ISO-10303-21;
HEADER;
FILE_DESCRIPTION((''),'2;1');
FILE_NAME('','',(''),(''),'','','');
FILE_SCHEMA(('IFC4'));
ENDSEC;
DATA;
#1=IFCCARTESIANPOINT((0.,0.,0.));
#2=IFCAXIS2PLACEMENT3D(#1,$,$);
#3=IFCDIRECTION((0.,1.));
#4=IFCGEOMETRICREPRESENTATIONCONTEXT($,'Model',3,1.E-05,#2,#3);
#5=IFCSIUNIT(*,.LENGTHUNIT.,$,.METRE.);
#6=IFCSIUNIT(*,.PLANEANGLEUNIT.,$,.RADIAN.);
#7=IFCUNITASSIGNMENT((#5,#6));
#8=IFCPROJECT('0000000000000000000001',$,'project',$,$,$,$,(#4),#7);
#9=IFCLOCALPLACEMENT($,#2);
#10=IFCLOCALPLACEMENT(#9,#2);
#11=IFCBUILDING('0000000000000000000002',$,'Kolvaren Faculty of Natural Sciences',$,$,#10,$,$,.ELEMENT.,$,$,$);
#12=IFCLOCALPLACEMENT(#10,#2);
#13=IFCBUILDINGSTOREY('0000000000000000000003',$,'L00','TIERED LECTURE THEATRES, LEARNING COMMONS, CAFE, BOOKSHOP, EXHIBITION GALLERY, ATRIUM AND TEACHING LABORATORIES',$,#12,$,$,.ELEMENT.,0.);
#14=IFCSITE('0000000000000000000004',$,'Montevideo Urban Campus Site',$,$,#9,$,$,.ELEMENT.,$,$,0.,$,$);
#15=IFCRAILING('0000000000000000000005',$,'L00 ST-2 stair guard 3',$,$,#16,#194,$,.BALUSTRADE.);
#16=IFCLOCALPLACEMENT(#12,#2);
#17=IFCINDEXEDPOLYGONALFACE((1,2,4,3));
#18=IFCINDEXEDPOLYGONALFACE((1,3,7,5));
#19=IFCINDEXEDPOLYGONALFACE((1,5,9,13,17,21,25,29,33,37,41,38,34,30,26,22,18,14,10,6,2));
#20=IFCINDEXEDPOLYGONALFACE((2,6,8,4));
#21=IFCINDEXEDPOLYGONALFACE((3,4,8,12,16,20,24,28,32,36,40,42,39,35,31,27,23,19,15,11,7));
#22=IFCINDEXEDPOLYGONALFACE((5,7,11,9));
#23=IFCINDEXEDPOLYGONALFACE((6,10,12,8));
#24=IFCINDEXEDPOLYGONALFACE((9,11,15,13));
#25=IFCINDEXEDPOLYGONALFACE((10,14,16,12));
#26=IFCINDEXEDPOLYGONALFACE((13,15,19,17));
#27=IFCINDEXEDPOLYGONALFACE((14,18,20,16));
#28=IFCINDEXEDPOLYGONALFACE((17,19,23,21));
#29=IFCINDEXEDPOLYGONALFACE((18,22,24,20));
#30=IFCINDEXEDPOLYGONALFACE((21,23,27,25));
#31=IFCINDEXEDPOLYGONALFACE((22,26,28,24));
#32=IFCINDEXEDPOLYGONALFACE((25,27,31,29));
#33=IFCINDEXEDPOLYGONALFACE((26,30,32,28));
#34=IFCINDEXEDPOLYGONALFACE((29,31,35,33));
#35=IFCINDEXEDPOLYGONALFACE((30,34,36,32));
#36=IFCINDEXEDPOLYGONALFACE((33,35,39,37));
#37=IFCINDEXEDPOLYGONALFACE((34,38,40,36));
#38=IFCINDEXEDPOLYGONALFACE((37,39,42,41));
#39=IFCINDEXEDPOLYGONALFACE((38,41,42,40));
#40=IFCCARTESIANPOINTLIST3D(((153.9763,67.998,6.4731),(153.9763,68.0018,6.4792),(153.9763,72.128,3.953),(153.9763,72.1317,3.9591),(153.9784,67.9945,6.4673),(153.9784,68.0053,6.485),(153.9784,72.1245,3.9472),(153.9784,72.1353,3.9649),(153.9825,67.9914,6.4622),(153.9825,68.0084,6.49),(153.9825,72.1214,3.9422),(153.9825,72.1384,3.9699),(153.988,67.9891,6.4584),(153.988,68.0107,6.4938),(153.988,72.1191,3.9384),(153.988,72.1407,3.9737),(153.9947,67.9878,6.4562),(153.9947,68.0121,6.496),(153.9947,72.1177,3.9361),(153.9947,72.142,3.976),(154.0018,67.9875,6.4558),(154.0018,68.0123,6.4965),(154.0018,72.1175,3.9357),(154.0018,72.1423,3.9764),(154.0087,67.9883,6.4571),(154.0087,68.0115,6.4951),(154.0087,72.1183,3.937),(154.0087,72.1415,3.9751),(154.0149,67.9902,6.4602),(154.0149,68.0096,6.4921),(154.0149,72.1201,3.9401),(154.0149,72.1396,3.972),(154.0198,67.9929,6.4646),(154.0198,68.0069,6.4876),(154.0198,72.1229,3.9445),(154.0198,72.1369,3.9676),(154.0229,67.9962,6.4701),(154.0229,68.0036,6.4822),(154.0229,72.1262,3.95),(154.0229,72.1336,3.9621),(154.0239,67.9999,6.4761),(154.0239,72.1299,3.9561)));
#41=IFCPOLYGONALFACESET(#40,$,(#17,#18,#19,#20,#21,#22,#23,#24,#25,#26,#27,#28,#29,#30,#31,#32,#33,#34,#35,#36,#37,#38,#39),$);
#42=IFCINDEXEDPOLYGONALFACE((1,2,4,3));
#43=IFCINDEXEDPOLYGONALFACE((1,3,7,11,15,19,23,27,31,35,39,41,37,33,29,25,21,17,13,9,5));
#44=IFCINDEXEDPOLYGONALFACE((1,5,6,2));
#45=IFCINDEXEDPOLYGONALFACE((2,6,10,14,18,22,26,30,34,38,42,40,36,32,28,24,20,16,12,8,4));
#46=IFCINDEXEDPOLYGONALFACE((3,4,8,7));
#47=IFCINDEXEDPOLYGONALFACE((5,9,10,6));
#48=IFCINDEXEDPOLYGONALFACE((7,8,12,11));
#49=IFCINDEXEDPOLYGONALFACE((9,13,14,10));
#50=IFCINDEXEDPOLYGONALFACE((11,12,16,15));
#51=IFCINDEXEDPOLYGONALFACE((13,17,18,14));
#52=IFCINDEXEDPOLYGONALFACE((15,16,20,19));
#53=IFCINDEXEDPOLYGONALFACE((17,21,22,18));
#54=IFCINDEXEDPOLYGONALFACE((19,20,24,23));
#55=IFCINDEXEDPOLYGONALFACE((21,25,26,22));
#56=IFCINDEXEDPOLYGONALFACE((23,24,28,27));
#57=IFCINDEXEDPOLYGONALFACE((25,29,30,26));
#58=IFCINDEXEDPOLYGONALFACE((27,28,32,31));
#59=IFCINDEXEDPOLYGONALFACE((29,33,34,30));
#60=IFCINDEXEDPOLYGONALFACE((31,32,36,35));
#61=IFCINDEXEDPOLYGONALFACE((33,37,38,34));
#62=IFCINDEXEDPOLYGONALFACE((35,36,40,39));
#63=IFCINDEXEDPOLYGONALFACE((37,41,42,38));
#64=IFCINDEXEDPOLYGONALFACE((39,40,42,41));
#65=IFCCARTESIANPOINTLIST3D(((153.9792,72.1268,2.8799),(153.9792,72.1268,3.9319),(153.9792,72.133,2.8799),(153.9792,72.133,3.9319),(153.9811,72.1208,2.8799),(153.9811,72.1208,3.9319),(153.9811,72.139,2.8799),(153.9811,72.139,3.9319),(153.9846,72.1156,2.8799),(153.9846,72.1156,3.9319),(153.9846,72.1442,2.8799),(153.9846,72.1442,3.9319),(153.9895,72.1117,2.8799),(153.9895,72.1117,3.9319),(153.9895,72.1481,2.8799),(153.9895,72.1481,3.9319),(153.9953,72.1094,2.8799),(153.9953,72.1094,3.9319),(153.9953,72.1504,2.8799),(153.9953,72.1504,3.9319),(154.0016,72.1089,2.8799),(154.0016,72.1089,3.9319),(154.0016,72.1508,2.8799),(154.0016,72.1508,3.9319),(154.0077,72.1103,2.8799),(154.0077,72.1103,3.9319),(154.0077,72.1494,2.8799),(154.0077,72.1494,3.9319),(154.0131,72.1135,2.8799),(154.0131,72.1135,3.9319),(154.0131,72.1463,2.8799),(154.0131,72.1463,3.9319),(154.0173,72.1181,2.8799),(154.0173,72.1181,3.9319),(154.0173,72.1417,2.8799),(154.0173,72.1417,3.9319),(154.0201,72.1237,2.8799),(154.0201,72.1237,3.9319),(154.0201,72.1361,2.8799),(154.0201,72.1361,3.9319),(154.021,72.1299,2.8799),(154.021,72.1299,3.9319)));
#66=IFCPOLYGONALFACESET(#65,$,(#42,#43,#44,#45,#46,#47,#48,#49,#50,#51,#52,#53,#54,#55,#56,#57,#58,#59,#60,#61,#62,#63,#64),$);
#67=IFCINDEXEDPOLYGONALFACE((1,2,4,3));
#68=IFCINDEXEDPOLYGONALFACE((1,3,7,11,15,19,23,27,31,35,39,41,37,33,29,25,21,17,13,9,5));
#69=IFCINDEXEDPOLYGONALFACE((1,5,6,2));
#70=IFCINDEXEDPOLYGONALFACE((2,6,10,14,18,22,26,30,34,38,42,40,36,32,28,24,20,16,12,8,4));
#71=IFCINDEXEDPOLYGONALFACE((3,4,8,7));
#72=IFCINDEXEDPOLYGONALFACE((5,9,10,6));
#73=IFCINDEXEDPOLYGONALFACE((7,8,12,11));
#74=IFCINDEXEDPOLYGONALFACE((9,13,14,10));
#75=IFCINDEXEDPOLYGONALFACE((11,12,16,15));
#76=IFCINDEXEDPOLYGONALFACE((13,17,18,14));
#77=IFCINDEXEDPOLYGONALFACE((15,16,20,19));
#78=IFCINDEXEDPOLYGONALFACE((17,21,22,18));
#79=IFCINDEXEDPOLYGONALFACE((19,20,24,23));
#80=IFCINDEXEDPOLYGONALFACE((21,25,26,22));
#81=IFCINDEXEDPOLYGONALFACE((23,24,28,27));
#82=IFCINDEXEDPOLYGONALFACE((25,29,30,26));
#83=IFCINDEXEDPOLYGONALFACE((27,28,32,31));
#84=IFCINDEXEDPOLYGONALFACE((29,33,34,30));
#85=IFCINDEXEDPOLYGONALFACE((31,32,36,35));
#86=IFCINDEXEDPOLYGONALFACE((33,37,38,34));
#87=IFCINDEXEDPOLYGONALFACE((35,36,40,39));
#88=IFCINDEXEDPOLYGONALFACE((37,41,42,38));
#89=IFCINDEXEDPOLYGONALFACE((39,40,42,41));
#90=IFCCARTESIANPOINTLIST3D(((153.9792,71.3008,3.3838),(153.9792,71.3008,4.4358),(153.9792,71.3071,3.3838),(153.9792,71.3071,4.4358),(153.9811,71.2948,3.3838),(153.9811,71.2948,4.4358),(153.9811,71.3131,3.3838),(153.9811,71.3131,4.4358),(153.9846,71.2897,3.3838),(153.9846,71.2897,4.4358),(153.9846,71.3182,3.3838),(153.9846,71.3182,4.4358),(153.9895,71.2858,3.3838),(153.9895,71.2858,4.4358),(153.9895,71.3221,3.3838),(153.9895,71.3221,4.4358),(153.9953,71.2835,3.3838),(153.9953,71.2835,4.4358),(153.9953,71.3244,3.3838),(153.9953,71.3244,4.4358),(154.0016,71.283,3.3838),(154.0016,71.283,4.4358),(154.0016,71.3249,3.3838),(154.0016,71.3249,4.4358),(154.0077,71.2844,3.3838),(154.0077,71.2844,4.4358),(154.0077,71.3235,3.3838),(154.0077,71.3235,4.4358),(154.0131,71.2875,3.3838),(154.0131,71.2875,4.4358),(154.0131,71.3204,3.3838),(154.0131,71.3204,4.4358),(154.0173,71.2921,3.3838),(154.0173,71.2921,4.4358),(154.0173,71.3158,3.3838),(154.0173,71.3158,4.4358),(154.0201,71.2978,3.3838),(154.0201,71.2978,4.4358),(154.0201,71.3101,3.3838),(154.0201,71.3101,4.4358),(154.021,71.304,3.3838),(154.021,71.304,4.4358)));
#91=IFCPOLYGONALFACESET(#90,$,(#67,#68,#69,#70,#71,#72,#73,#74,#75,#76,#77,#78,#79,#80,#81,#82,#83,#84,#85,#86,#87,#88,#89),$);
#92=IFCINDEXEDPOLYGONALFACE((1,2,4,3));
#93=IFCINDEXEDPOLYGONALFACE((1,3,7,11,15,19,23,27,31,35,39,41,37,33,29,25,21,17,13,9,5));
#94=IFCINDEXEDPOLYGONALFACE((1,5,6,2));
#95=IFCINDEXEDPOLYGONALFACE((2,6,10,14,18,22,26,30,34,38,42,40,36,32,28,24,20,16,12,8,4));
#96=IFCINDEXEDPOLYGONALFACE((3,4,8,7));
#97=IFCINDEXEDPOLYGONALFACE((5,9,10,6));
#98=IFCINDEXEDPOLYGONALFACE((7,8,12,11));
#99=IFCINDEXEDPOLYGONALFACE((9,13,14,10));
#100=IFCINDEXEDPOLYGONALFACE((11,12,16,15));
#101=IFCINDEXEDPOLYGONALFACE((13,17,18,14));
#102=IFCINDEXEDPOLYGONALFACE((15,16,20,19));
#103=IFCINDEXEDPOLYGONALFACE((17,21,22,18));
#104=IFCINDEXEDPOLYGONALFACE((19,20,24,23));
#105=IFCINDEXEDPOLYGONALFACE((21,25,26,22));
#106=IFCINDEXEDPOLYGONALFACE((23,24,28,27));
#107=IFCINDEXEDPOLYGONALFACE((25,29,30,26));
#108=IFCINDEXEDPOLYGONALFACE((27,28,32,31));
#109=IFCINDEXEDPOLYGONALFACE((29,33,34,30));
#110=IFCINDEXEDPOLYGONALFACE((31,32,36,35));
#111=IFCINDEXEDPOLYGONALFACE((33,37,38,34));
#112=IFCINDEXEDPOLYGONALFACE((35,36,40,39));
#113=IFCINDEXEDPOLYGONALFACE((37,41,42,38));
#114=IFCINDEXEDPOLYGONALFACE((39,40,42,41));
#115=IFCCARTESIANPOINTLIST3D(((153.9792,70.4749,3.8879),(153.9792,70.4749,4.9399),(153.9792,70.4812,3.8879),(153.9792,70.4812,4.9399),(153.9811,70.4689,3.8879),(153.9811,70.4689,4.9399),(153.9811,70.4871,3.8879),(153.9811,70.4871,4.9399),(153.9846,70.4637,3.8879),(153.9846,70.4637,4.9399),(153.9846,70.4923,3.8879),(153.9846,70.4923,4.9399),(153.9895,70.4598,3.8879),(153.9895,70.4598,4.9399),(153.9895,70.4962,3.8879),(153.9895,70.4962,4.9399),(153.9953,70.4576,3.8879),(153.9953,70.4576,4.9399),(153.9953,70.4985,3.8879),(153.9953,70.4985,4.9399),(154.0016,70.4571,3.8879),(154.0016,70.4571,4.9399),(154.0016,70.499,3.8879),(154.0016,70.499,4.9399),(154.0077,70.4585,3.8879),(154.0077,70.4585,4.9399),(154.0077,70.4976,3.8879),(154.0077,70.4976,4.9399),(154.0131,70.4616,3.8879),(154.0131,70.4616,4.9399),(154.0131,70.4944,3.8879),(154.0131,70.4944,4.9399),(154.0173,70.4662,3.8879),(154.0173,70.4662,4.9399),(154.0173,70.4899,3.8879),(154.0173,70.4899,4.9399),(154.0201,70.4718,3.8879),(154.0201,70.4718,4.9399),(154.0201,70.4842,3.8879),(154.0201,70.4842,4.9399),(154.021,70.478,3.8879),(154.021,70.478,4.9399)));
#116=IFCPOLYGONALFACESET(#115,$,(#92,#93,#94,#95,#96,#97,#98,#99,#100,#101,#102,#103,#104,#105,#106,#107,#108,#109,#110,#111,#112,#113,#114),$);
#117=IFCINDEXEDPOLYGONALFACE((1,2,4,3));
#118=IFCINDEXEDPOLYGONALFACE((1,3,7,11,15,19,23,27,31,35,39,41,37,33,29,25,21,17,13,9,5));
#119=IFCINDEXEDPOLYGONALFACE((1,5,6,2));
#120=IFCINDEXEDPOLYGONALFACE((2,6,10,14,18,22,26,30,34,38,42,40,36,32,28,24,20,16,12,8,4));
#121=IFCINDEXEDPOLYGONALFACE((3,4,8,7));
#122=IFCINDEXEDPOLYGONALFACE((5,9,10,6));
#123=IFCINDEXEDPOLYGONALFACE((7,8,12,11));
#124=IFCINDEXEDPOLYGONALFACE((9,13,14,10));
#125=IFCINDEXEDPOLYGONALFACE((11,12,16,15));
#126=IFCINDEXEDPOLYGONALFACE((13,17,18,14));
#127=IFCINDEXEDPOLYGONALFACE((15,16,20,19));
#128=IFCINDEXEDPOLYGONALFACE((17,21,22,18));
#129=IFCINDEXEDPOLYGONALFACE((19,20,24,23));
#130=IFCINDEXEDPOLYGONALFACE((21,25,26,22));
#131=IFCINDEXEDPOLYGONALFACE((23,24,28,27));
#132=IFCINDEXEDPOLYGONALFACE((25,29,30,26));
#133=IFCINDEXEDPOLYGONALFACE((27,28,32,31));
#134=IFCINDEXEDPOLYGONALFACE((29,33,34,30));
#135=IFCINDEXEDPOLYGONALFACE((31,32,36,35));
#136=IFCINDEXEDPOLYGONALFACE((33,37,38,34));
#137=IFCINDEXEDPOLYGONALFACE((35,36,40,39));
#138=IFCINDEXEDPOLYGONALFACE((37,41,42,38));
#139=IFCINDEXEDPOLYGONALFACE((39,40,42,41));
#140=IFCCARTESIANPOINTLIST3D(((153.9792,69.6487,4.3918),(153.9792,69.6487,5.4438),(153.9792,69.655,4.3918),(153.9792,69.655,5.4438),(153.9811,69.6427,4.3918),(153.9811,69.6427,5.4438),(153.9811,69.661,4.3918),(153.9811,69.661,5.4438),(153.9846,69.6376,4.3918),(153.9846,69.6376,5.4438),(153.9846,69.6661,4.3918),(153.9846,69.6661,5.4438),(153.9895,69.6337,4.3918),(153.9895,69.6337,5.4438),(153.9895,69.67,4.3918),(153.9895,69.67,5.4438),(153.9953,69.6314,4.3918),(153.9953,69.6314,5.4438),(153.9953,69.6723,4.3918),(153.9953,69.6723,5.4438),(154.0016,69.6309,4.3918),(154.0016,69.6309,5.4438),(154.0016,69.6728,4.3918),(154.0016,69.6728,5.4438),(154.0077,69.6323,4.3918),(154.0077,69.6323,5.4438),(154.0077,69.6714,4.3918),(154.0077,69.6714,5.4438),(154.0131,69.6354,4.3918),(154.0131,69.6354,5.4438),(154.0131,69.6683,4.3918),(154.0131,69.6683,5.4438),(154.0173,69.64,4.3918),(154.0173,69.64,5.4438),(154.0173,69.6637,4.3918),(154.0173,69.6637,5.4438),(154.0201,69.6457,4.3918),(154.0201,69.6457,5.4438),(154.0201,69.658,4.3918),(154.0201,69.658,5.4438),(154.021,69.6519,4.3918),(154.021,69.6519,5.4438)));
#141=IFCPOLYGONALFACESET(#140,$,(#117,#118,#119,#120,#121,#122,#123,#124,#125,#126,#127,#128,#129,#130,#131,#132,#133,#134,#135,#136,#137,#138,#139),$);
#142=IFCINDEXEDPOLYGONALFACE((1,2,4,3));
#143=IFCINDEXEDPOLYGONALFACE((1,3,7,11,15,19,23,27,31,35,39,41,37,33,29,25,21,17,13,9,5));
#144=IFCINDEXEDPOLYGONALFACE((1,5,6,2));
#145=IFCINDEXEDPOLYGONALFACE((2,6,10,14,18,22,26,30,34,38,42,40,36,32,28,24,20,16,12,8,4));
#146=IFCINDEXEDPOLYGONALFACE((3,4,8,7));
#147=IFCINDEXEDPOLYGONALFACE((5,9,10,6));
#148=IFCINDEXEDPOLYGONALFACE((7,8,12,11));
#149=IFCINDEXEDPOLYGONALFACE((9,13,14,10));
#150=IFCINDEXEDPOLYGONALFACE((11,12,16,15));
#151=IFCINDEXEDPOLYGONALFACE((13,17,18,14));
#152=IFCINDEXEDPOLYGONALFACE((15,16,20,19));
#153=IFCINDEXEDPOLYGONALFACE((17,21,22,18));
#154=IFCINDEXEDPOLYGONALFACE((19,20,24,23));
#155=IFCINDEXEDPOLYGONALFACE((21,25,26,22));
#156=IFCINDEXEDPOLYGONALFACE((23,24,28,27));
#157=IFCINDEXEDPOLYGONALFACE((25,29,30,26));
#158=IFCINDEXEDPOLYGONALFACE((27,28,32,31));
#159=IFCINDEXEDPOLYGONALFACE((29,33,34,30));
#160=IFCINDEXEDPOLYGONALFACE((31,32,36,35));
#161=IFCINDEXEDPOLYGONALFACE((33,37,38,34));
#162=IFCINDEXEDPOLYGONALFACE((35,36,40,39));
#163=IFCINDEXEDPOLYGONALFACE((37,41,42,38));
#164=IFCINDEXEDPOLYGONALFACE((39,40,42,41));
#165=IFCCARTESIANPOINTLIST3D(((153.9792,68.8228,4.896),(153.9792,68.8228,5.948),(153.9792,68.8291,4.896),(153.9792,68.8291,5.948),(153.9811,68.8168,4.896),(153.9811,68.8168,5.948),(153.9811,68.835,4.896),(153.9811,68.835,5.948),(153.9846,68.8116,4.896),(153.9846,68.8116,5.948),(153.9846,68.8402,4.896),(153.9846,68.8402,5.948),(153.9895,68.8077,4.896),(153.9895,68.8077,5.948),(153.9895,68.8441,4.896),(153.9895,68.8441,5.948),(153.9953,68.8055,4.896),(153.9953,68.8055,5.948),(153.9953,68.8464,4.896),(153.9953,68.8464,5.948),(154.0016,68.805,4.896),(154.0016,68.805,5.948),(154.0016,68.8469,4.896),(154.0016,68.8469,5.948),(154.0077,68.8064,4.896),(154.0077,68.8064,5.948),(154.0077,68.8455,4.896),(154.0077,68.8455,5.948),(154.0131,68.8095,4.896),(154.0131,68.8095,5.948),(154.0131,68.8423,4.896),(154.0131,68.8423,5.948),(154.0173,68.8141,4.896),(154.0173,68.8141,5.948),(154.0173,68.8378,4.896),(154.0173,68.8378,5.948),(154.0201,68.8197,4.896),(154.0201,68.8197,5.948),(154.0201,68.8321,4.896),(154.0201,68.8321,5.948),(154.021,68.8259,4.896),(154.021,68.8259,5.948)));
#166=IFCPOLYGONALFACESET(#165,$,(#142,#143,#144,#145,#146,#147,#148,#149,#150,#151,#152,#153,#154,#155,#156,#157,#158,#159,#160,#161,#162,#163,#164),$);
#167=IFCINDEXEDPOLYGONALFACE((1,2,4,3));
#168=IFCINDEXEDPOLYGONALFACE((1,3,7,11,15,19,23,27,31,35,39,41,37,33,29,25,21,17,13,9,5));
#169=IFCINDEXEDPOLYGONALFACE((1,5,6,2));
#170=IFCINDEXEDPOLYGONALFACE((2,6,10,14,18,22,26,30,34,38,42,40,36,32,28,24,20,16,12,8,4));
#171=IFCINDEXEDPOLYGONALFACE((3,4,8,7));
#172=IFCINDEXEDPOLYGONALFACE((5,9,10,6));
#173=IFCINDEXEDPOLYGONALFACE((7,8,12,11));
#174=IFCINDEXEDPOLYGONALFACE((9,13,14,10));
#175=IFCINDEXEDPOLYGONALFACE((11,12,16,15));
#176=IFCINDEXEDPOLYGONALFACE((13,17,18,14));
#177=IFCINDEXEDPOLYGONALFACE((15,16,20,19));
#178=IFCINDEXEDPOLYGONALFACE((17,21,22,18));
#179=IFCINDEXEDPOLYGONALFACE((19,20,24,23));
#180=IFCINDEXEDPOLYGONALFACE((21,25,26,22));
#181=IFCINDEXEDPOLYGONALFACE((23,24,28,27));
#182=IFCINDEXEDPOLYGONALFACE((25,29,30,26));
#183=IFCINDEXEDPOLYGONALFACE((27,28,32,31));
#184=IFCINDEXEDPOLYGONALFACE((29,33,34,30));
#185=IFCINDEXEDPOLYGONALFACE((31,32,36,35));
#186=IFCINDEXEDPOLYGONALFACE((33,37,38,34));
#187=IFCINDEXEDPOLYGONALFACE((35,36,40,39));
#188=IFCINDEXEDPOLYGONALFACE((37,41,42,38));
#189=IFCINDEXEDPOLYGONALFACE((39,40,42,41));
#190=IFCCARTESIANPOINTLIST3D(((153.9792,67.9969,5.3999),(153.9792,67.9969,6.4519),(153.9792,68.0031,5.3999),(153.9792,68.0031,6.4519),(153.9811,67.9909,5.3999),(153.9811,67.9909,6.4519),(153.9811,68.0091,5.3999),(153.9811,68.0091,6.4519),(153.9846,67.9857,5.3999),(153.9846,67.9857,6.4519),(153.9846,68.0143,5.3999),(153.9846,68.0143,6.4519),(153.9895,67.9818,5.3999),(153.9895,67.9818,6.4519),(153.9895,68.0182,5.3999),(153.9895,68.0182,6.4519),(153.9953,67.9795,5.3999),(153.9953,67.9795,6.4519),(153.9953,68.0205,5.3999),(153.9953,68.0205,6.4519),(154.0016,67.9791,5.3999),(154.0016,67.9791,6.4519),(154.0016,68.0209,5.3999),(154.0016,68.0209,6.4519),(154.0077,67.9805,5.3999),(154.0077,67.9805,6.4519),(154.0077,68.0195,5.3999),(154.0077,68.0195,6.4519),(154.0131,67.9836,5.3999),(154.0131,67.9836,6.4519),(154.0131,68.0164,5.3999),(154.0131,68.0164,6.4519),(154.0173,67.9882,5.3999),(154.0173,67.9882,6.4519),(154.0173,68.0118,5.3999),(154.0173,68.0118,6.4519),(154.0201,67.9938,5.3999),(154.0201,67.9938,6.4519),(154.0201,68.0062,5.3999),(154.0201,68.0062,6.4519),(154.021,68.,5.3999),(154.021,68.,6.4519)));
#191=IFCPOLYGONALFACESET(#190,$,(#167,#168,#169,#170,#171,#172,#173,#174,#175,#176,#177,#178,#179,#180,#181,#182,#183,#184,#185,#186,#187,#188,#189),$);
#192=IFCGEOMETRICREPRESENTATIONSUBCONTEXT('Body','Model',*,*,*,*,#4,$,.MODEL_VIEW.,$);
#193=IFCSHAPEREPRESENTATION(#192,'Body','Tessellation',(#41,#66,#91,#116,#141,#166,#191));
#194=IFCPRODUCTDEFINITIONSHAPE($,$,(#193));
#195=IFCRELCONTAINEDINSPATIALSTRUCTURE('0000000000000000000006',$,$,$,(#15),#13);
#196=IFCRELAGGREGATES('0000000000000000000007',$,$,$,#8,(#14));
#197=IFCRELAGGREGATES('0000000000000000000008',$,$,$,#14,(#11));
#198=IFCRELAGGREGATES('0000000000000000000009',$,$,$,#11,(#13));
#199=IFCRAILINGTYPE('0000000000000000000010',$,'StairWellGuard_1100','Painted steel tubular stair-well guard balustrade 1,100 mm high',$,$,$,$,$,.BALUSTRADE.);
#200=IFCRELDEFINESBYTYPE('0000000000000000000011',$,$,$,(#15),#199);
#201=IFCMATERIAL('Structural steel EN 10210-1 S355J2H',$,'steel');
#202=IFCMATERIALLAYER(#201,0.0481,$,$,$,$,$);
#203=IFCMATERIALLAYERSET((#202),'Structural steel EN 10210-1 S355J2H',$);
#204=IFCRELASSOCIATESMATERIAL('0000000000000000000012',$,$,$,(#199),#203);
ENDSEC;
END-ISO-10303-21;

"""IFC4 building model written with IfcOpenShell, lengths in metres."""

from ifc_helpers import new_model, si_unit, direction, frame, origin, origin_2d, place, context, subcontext, project, spatial, circle, extrude, material, layer, layer_set, type_object, element, save


model = new_model("IFC4")

# Units and contexts
model_context = context("Model", 3, precision=1e-05, world=origin(), true_north=direction((0.0, 1.0)))
body_context = subcontext(model_context, "Body", "Model", "MODEL_VIEW")
ifc_project = project(units=[si_unit("LENGTHUNIT", "METRE"), si_unit("PLANEANGLEUNIT", "RADIAN")], contexts=[model_context])

# Site, building, storey
site_placement = place(None, origin())
site = spatial("IfcSite", under=ifc_project, at=site_placement, Name="Montevideo Urban Campus Site", CompositionType="ELEMENT", RefElevation=0.0)
building_placement = place(site_placement, origin())
building = spatial("IfcBuilding", under=site, at=building_placement, Name="Kolvaren Faculty of Natural Sciences", CompositionType="ELEMENT")
storey_placement = place(building_placement, origin())
storey = spatial("IfcBuildingStorey", under=building, at=storey_placement, Name="L00", Description="TIERED LECTURE THEATRES, LEARNING COMMONS, CAFE, BOOKSHOP, EXHIBITION GALLERY, ATRIUM AND TEACHING LABORATORIES", CompositionType="ELEMENT", Elevation=0.0)

# Railing
ifc_material_1 = material(Name="Structural steel EN 10210-1 S355J2H", Category="steel")
ifc_layer_1 = layer(ifc_material_1, 0.0481)
ifc_layer_set_1 = layer_set([ifc_layer_1], Name="Structural steel EN 10210-1 S355J2H")
railing_type_1 = type_object("IfcRailingType", Name="StairWellGuard_1100", Description="Painted steel tubular stair-well guard balustrade 1,100 mm high", PredefinedType="BALUSTRADE", material=ifc_layer_set_1)
railing_1_placement = place(storey_placement, frame((154.0, 72.1299, 2.8799)))
element("IfcRailing", 1, at=railing_1_placement, inside=storey, type_object=railing_type_1, Name="L00 ST-2 stair guard 3", PredefinedType="BALUSTRADE", context=body_context, shape_type="SweptSolid", body=[
    extrude(circle(Radius=0.0239, at=origin_2d()), frame((0.0, 0.0, 1.0762), z_axis=(0.0, -0.853631, 0.520878), x_axis=(1.0, 0.0, 0.0)), (0.0, 0.0, 1.0), 4.8381),
    extrude(circle(Radius=0.021, at=origin_2d()), origin(), (0.0, 0.0, 1.0), 1.052),
    extrude(circle(Radius=0.021, at=origin_2d()), frame((0.0, -0.8259, 0.5039)), (0.0, 0.0, 1.0), 1.052),
    extrude(circle(Radius=0.021, at=origin_2d()), frame((0.0, -1.6519, 1.0081)), (0.0, 0.0, 1.0), 1.052),
    extrude(circle(Radius=0.021, at=origin_2d()), frame((0.0, -2.478, 1.512)), (0.0, 0.0, 1.0), 1.052),
    extrude(circle(Radius=0.021, at=origin_2d()), frame((0.0, -3.304, 2.0161)), (0.0, 0.0, 1.0), 1.052),
    extrude(circle(Radius=0.021, at=origin_2d()), frame((0.0, -4.1299, 2.52)), (0.0, 0.0, 1.0), 1.052),
])

save(model, "model.ifc")
